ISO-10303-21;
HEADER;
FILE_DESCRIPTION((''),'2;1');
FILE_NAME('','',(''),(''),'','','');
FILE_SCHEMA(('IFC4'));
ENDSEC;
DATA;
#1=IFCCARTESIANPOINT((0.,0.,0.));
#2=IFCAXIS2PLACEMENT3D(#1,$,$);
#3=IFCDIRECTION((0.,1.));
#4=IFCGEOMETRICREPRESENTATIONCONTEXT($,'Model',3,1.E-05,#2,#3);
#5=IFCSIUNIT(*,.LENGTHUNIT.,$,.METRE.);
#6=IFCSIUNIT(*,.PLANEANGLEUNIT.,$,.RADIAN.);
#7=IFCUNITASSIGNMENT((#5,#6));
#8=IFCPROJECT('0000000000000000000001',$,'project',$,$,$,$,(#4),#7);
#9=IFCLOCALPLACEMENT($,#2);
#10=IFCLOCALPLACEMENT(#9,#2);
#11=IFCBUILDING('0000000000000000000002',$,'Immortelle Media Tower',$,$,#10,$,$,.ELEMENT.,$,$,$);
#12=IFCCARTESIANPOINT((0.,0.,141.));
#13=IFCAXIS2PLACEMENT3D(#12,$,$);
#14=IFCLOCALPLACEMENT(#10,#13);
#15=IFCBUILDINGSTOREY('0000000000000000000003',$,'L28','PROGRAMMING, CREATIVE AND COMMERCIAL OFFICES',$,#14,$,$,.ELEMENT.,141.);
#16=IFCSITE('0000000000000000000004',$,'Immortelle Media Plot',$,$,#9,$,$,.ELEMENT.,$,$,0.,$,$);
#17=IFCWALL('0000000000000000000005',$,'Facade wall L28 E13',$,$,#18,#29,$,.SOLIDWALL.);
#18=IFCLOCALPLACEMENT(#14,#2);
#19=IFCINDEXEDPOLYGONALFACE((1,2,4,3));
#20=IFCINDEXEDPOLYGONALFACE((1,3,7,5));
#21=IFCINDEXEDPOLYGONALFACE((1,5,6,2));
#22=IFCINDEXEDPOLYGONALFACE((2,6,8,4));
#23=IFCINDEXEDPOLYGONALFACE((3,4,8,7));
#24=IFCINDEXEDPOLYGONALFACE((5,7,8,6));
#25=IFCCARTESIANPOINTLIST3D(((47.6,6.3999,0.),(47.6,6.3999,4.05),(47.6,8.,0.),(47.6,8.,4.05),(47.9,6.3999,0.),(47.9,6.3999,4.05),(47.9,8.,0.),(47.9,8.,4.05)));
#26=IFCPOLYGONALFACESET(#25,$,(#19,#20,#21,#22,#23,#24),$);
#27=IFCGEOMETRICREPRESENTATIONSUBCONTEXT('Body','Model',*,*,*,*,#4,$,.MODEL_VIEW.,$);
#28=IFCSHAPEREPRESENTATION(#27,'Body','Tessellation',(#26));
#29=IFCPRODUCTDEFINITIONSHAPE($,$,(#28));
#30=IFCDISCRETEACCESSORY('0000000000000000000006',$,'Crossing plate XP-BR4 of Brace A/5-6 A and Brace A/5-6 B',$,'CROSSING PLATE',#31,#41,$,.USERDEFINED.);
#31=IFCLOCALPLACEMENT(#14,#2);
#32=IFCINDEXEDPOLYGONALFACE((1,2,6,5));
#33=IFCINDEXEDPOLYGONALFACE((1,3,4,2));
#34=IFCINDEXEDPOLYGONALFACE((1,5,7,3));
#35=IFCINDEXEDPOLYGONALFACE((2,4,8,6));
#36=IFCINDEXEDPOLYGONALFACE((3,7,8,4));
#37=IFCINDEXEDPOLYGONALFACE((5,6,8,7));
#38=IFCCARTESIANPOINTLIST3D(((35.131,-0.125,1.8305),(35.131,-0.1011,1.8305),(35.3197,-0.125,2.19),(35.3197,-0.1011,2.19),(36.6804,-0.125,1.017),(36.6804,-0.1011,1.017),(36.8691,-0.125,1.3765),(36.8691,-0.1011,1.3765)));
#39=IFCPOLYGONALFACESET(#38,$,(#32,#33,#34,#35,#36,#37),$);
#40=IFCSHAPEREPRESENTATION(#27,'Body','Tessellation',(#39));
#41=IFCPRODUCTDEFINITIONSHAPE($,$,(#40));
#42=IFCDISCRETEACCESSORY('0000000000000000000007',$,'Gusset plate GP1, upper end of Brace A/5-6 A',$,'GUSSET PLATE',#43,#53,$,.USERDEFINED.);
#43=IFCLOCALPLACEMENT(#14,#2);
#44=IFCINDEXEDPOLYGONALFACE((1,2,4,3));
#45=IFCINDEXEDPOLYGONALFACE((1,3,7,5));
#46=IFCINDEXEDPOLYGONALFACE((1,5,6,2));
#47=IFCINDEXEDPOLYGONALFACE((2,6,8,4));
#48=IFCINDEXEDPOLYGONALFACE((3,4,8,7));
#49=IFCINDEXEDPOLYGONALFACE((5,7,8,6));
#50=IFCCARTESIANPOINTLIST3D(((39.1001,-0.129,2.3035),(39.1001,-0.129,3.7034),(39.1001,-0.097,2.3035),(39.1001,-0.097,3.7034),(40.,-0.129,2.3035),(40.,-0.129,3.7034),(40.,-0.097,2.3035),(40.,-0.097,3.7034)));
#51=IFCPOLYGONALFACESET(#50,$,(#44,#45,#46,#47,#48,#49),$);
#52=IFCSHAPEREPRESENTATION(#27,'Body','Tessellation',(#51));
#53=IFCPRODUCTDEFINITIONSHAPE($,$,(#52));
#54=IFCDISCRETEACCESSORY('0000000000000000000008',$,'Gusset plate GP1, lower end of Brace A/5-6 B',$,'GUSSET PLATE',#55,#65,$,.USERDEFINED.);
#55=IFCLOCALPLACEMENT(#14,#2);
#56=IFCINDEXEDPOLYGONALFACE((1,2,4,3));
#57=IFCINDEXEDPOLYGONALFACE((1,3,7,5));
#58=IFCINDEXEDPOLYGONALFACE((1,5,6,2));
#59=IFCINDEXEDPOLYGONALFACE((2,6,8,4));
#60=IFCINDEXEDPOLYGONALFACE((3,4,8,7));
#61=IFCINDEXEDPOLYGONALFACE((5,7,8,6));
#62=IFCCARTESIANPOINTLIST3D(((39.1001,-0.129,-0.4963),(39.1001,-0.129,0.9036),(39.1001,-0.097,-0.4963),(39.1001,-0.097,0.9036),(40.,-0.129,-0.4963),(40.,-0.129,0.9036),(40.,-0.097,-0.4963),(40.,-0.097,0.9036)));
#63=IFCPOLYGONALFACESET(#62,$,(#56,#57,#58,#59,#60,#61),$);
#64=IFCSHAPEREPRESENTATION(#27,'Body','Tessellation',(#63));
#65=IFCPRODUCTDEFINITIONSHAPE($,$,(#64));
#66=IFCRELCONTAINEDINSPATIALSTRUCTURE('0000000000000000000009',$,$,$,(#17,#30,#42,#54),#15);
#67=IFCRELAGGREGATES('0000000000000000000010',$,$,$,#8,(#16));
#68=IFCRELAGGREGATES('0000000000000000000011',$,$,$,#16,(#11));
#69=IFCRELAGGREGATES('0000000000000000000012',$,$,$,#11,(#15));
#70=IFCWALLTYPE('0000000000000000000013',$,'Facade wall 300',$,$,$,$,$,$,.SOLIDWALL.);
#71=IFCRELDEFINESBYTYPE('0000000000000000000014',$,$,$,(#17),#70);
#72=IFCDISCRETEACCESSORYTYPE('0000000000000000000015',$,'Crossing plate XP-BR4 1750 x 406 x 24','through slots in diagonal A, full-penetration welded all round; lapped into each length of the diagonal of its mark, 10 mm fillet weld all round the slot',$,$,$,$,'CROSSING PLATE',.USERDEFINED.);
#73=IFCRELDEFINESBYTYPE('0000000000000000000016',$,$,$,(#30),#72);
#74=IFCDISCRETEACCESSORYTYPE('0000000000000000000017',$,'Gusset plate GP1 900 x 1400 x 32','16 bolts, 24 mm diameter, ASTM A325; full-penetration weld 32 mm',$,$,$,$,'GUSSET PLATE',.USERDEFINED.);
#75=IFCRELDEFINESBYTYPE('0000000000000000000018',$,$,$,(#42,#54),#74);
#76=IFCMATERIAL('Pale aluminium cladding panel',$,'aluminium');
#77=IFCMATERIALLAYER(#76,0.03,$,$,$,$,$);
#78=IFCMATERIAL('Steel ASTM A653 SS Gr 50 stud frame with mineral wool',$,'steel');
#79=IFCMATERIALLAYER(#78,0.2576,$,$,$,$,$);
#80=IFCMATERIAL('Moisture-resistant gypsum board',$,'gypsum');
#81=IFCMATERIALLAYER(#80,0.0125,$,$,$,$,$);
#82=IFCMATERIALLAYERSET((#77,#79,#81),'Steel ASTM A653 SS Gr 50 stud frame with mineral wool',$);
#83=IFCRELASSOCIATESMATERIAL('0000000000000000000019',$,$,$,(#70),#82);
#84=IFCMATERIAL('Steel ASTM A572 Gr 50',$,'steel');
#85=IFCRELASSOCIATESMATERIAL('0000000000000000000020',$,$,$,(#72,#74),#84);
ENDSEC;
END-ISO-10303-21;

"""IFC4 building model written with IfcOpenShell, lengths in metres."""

from ifc_helpers import new_model, si_unit, direction, frame, frame_2d, origin, origin_2d, place, context, subcontext, project, spatial, rectangle, extrude, material, layer, layer_set, material_profile, profile_set, type_object, element, save


model = new_model("IFC4")

# Units and contexts
model_context = context("Model", 3, precision=1e-05, world=origin(), true_north=direction((0.0, 1.0)))
body_context = subcontext(model_context, "Body", "Model", "MODEL_VIEW")
ifc_project = project(units=[si_unit("LENGTHUNIT", "METRE"), si_unit("PLANEANGLEUNIT", "RADIAN")], contexts=[model_context])

# Site, building, storey
site_placement = place(None, origin())
site = spatial("IfcSite", under=ifc_project, at=site_placement, Name="Immortelle Media Plot", CompositionType="ELEMENT", RefElevation=0.0)
building_placement = place(site_placement, origin())
building = spatial("IfcBuilding", under=site, at=building_placement, Name="Immortelle Media Tower", CompositionType="ELEMENT")
storey_placement = place(building_placement, frame((0.0, 0.0, 141.0)))
storey = spatial("IfcBuildingStorey", under=building, at=storey_placement, Name="L28", Description="PROGRAMMING, CREATIVE AND COMMERCIAL OFFICES", CompositionType="ELEMENT", Elevation=141.0)

# Wall
ifc_material_1 = material(Name="Pale aluminium cladding panel", Category="aluminium")
ifc_layer_1 = layer(ifc_material_1, 0.03)
ifc_material_2 = material(Name="Steel ASTM A653 SS Gr 50 stud frame with mineral wool", Category="steel")
ifc_layer_2 = layer(ifc_material_2, 0.2576)
ifc_material_3 = material(Name="Moisture-resistant gypsum board", Category="gypsum")
ifc_layer_3 = layer(ifc_material_3, 0.0125)
ifc_layer_set = layer_set([ifc_layer_1, ifc_layer_2, ifc_layer_3], Name="Steel ASTM A653 SS Gr 50 stud frame with mineral wool")
wall_type = type_object("IfcWallType", Name="Facade wall 300", PredefinedType="SOLIDWALL", material=ifc_layer_set)
wall_1_placement = place(storey_placement, frame((47.75, 6.3999, 0.0), z_axis=(0.0, 0.0, 1.0), x_axis=(0.0, 1.0, 0.0)))
element("IfcWall", 1, at=wall_1_placement, inside=storey, type_object=wall_type, Name="Facade wall L28 E13", PredefinedType="SOLIDWALL", context=body_context, shape_type="SweptSolid", body=[
    extrude(rectangle(XDim=1.6001, YDim=0.3, at=frame_2d((0.8, 0.0))), origin(), (0.0, 0.0, 1.0), 4.05),
])

# Discrete accessories
ifc_material_4 = material(Name="Steel ASTM A572 Gr 50", Category="steel")
ifc_material_profile_1 = material_profile(ifc_material_4, rectangle(XDim=0.0239, YDim=0.406, at=origin_2d()), Name="PL 24 x 406")
ifc_profile_set_1 = profile_set([ifc_material_profile_1], Name="Steel ASTM A572 Gr 50")
discrete_accessory_type_1 = type_object("IfcDiscreteAccessoryType", Name="Crossing plate XP-BR4 1750 x 406 x 24", Description="through slots in diagonal A, full-penetration welded all round; lapped into each length of the diagonal of its mark, 10 mm fillet weld all round the slot", ElementType="CROSSING PLATE", PredefinedType="USERDEFINED", material=ifc_profile_set_1)
discrete_accessory_placement = place(storey_placement, frame((35.2253, -0.113, 2.0103), z_axis=(0.885378, 0.0, -0.464872), x_axis=(0.0, 1.0, 0.0)))
element("IfcDiscreteAccessory", 2, at=discrete_accessory_placement, inside=storey, type_object=discrete_accessory_type_1, Name="Crossing plate XP-BR4 of Brace A/5-6 A and Brace A/5-6 B", ObjectType="CROSSING PLATE", PredefinedType="USERDEFINED", context=body_context, shape_type="SweptSolid", body=[
    extrude(rectangle(XDim=0.0239, YDim=0.406, at=origin_2d()), origin(), (0.0, 0.0, 1.0), 1.75),
])
ifc_material_profile_2 = material_profile(ifc_material_4, rectangle(XDim=0.032, YDim=1.3999, at=origin_2d()), Name="PL 32 x 1400")
ifc_profile_set_2 = profile_set([ifc_material_profile_2], Name="Steel ASTM A572 Gr 50")
discrete_accessory_type_2 = type_object("IfcDiscreteAccessoryType", Name="Gusset plate GP1 900 x 1400 x 32", Description="16 bolts, 24 mm diameter, ASTM A325; full-penetration weld 32 mm", ElementType="GUSSET PLATE", PredefinedType="USERDEFINED", material=ifc_profile_set_2)
for number, where, z_axis, x_axis, name in (
    (3, (40.0, -0.113, 3.0034), (-1.0, 0.0, 0.0), (0.0, -1.0, 0.0), "Gusset plate GP1, upper end of Brace A/5-6 A"),
    (4, (40.0, -0.113, 0.2036), (-1.0, 0.0, 0.0), (0.0, -1.0, 0.0), "Gusset plate GP1, lower end of Brace A/5-6 B"),
):
    element("IfcDiscreteAccessory", number, at=place(storey_placement, frame(where, z_axis=z_axis, x_axis=x_axis)), inside=storey, type_object=discrete_accessory_type_2, Name=name, ObjectType="GUSSET PLATE", PredefinedType="USERDEFINED", context=body_context, shape_type="SweptSolid", body=[
        extrude(rectangle(XDim=0.032, YDim=1.3999, at=origin_2d()), origin(), (0.0, 0.0, 1.0), 0.8999),
    ])

save(model, "model.ifc")
